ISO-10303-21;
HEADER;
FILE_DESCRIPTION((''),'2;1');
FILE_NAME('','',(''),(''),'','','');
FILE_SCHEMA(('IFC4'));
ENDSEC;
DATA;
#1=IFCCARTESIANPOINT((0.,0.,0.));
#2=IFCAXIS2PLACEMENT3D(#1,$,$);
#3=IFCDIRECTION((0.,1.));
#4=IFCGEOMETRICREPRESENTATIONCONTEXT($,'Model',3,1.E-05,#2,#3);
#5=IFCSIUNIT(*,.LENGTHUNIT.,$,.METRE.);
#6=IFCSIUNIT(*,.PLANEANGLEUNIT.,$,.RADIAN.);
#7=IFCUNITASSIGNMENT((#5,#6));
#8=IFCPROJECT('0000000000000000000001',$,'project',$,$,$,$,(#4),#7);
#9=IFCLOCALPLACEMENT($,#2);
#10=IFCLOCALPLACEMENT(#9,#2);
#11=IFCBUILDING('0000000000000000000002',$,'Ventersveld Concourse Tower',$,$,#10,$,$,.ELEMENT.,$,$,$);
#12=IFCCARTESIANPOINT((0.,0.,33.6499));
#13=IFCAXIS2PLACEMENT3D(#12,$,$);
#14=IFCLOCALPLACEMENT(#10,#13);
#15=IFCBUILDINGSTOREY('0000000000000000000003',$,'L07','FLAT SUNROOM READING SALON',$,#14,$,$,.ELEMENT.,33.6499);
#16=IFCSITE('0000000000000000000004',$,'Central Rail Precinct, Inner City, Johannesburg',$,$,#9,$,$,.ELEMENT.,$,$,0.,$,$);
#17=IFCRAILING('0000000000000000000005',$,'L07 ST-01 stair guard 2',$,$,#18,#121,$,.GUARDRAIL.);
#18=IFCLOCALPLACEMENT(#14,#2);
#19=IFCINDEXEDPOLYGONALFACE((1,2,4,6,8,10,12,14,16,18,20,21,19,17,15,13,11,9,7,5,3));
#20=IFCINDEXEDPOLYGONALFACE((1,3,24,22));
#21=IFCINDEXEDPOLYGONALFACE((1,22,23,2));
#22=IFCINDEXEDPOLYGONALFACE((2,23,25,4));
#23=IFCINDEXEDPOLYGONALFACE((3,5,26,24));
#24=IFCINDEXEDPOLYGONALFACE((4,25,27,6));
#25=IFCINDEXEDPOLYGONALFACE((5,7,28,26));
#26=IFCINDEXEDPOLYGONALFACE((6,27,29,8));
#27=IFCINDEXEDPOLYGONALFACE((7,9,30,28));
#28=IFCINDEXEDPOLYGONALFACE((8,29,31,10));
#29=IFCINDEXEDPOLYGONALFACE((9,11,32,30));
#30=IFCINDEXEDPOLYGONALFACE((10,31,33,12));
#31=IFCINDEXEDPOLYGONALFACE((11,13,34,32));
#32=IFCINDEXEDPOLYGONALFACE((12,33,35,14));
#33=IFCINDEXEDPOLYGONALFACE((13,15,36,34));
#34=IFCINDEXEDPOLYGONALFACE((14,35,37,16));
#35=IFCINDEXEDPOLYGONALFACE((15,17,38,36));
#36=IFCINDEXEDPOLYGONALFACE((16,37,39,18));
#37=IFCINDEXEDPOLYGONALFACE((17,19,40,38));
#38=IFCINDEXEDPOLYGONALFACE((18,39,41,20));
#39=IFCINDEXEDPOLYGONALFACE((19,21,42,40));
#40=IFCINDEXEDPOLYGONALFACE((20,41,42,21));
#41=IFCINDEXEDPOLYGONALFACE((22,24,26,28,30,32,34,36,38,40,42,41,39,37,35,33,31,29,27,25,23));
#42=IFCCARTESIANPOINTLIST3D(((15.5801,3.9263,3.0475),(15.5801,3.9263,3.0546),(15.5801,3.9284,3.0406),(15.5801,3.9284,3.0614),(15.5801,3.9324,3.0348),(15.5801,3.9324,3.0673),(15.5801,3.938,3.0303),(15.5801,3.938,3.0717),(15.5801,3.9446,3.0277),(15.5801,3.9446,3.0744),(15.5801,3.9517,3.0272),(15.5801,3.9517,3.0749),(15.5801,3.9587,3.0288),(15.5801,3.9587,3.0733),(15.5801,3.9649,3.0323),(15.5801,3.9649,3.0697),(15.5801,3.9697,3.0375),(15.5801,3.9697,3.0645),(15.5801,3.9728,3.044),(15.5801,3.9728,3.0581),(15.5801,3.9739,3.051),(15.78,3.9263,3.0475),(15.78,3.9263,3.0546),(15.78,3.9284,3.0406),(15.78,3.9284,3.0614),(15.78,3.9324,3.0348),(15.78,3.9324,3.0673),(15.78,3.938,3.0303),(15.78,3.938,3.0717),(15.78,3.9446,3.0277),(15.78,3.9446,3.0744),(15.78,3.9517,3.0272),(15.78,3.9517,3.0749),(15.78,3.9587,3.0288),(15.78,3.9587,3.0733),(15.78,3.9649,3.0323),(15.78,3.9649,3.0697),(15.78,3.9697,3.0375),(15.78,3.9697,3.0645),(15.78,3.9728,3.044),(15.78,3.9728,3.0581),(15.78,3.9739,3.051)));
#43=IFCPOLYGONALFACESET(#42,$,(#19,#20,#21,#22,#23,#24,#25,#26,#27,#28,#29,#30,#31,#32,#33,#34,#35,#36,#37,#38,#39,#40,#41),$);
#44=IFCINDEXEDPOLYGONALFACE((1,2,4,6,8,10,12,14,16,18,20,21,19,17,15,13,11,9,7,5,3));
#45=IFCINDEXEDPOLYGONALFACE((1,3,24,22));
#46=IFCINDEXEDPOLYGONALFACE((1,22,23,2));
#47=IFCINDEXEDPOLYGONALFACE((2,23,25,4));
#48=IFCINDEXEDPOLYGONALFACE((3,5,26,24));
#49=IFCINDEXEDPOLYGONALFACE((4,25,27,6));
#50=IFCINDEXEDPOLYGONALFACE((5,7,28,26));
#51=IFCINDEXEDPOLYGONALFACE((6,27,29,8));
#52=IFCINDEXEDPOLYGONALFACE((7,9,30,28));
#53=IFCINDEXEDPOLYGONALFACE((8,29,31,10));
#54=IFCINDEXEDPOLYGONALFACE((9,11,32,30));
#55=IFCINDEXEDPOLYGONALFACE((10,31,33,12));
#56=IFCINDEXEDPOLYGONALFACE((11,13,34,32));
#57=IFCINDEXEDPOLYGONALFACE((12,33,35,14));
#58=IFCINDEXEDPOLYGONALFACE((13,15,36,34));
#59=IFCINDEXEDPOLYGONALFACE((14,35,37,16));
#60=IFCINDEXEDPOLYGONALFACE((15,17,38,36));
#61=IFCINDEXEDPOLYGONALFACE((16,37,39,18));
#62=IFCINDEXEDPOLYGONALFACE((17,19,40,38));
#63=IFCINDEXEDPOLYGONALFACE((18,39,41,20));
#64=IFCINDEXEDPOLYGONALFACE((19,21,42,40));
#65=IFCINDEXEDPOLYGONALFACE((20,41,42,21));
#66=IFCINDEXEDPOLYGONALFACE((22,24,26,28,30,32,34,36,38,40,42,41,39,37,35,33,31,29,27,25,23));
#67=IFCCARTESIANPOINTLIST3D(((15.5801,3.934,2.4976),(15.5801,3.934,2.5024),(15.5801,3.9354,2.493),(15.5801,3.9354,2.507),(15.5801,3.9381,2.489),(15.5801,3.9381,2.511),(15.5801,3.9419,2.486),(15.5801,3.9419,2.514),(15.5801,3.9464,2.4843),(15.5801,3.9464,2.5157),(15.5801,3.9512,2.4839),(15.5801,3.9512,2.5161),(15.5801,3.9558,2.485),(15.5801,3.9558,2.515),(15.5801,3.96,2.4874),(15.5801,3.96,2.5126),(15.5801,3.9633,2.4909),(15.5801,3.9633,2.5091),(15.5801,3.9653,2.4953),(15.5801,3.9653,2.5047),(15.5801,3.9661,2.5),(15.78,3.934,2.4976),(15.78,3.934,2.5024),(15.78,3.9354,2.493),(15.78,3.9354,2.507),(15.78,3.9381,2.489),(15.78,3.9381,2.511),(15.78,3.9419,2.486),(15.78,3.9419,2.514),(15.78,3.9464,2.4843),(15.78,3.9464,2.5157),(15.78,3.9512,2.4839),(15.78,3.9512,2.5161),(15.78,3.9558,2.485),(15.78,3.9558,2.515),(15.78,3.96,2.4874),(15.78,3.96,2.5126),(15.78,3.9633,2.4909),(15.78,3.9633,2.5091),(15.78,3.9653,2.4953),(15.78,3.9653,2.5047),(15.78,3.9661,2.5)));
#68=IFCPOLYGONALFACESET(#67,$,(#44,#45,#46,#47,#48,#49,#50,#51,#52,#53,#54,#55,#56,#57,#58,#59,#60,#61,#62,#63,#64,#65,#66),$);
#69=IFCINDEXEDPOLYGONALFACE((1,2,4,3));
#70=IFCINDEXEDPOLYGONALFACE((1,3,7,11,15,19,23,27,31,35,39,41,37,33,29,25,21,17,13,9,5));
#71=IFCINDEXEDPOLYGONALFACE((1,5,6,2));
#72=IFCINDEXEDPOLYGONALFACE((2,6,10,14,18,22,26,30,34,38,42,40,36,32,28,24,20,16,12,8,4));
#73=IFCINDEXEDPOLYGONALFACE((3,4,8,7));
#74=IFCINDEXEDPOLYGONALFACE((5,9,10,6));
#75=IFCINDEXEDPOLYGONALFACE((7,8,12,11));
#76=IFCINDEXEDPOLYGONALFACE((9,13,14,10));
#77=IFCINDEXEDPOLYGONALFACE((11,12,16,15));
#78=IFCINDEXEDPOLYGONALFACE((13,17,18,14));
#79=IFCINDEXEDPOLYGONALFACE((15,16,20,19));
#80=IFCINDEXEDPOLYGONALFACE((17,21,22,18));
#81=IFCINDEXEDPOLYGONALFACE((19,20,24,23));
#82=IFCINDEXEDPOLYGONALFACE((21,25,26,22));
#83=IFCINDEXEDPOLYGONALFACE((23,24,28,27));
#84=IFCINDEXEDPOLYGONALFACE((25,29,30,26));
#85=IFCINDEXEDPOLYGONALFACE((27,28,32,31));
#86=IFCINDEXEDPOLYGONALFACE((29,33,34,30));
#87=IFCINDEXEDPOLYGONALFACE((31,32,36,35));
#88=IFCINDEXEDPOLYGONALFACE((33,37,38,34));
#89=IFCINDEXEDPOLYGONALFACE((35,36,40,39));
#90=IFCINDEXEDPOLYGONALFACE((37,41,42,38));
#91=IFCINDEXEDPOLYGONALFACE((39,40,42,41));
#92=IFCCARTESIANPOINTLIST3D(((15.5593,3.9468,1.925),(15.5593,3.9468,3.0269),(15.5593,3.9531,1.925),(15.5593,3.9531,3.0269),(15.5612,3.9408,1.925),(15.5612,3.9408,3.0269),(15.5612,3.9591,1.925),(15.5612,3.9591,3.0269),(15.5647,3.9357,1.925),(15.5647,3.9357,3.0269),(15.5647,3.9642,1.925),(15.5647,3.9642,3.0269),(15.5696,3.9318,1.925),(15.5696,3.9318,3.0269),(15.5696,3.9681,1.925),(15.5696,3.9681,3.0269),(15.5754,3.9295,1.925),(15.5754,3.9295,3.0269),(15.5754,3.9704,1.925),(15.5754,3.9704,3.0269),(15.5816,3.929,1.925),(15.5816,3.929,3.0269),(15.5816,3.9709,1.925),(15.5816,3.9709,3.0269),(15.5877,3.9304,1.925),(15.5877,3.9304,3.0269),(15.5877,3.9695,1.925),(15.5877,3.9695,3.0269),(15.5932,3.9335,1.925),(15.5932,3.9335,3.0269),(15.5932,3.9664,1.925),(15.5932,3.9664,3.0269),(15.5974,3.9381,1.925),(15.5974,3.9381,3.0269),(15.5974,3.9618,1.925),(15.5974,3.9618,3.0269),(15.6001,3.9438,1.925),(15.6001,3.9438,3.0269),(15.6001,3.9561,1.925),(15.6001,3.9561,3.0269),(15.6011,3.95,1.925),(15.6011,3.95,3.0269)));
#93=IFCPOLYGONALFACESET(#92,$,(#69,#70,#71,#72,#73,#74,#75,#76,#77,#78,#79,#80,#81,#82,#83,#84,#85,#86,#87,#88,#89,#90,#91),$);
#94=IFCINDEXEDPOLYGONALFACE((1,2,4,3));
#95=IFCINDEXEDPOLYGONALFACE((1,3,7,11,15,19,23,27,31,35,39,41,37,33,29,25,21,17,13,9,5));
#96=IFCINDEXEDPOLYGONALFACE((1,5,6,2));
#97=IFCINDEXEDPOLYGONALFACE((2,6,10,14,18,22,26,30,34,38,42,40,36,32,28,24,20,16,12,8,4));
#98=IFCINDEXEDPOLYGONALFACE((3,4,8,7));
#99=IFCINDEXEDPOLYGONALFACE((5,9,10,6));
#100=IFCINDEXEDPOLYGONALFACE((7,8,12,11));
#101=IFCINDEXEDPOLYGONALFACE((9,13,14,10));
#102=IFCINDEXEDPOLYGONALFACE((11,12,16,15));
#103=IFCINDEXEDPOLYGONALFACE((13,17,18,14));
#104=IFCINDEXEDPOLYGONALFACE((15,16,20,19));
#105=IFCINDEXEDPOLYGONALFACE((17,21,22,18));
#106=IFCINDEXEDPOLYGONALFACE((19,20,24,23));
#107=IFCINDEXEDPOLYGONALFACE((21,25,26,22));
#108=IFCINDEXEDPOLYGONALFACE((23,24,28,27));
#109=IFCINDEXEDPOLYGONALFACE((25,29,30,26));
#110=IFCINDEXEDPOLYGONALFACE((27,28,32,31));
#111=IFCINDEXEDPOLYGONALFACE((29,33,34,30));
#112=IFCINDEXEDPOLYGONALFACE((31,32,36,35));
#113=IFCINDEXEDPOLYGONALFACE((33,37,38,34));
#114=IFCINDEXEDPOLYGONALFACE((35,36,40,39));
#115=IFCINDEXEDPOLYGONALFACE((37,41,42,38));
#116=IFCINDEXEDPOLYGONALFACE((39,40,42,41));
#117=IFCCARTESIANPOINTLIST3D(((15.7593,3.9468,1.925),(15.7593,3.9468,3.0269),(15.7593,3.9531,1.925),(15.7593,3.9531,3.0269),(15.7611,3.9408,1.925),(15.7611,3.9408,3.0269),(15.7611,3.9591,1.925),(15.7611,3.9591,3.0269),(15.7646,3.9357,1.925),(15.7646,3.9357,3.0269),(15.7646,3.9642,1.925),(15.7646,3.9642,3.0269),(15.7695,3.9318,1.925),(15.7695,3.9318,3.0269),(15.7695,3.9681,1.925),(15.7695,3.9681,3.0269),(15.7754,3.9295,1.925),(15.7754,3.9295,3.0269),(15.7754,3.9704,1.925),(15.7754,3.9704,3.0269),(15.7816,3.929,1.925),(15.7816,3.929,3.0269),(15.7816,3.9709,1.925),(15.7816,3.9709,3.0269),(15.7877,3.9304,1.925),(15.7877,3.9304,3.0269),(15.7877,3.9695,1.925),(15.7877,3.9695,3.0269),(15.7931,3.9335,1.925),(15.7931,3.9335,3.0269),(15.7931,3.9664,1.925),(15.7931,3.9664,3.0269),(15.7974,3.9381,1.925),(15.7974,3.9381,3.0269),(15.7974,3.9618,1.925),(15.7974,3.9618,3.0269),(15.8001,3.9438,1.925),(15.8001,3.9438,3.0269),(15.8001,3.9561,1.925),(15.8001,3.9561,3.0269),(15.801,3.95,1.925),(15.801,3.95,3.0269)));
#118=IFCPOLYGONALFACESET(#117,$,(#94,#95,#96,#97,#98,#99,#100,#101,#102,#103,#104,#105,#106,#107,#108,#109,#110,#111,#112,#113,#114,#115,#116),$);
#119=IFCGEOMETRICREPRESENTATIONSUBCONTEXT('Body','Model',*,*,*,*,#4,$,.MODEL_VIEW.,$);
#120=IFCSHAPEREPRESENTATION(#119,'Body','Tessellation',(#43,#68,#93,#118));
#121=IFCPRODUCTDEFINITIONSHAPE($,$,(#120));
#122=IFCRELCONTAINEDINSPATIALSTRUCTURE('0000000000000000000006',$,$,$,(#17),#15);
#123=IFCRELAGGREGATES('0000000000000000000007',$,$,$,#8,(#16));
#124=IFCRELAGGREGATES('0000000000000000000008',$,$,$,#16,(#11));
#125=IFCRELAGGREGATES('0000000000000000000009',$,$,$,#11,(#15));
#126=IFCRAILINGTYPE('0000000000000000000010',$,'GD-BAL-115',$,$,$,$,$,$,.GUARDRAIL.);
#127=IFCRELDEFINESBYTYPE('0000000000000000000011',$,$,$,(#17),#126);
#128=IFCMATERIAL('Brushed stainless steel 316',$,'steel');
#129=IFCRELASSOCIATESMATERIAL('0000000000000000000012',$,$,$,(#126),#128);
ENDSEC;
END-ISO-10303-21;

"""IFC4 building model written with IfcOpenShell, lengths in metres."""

from ifc_helpers import new_model, si_unit, direction, frame, origin, origin_2d, place, context, subcontext, project, spatial, circle, extrude, material, type_object, element, save


model = new_model("IFC4")

# Units and contexts
model_context = context("Model", 3, precision=1e-05, world=origin(), true_north=direction((0.0, 1.0)))
body_context = subcontext(model_context, "Body", "Model", "MODEL_VIEW")
ifc_project = project(units=[si_unit("LENGTHUNIT", "METRE"), si_unit("PLANEANGLEUNIT", "RADIAN")], contexts=[model_context])

# Site, building, storey
site_placement = place(None, origin())
site = spatial("IfcSite", under=ifc_project, at=site_placement, Name="Central Rail Precinct, Inner City, Johannesburg", CompositionType="ELEMENT", RefElevation=0.0)
building_placement = place(site_placement, origin())
building = spatial("IfcBuilding", under=site, at=building_placement, Name="Ventersveld Concourse Tower", CompositionType="ELEMENT")
storey_placement = place(building_placement, frame((0.0, 0.0, 33.6499)))
storey = spatial("IfcBuildingStorey", under=building, at=storey_placement, Name="L07", Description="FLAT SUNROOM READING SALON", CompositionType="ELEMENT", Elevation=33.6499)

# Railing
ifc_material_1 = material(Name="Brushed stainless steel 316", Category="steel")
railing_type_1 = type_object("IfcRailingType", Name="GD-BAL-115", PredefinedType="GUARDRAIL", material=ifc_material_1)
railing_1_placement = place(storey_placement, frame((15.5801, 3.95, 1.925)))
element("IfcRailing", 1, at=railing_1_placement, inside=storey, type_object=railing_type_1, Name="L07 ST-01 stair guard 2", PredefinedType="GUARDRAIL", context=body_context, shape_type="SweptSolid", body=[
    extrude(circle(Radius=0.0239, at=origin_2d()), frame((0.0, 0.0, 1.126), z_axis=(1.0, 0.0, 0.0), x_axis=(0.0, 1.0, 0.0)), (0.0, 0.0, 1.0), 0.2),
    extrude(circle(Radius=0.0161, at=origin_2d()), frame((0.0, 0.0, 0.575), z_axis=(1.0, 0.0, 0.0), x_axis=(0.0, 1.0, 0.0)), (0.0, 0.0, 1.0), 0.2),
    extrude(circle(Radius=0.021, at=origin_2d()), origin(), (0.0, 0.0, 1.0), 1.1018),
    extrude(circle(Radius=0.021, at=origin_2d()), frame((0.2, 0.0, 0.0)), (0.0, 0.0, 1.0), 1.1018),
])

save(model, "model.ifc")
